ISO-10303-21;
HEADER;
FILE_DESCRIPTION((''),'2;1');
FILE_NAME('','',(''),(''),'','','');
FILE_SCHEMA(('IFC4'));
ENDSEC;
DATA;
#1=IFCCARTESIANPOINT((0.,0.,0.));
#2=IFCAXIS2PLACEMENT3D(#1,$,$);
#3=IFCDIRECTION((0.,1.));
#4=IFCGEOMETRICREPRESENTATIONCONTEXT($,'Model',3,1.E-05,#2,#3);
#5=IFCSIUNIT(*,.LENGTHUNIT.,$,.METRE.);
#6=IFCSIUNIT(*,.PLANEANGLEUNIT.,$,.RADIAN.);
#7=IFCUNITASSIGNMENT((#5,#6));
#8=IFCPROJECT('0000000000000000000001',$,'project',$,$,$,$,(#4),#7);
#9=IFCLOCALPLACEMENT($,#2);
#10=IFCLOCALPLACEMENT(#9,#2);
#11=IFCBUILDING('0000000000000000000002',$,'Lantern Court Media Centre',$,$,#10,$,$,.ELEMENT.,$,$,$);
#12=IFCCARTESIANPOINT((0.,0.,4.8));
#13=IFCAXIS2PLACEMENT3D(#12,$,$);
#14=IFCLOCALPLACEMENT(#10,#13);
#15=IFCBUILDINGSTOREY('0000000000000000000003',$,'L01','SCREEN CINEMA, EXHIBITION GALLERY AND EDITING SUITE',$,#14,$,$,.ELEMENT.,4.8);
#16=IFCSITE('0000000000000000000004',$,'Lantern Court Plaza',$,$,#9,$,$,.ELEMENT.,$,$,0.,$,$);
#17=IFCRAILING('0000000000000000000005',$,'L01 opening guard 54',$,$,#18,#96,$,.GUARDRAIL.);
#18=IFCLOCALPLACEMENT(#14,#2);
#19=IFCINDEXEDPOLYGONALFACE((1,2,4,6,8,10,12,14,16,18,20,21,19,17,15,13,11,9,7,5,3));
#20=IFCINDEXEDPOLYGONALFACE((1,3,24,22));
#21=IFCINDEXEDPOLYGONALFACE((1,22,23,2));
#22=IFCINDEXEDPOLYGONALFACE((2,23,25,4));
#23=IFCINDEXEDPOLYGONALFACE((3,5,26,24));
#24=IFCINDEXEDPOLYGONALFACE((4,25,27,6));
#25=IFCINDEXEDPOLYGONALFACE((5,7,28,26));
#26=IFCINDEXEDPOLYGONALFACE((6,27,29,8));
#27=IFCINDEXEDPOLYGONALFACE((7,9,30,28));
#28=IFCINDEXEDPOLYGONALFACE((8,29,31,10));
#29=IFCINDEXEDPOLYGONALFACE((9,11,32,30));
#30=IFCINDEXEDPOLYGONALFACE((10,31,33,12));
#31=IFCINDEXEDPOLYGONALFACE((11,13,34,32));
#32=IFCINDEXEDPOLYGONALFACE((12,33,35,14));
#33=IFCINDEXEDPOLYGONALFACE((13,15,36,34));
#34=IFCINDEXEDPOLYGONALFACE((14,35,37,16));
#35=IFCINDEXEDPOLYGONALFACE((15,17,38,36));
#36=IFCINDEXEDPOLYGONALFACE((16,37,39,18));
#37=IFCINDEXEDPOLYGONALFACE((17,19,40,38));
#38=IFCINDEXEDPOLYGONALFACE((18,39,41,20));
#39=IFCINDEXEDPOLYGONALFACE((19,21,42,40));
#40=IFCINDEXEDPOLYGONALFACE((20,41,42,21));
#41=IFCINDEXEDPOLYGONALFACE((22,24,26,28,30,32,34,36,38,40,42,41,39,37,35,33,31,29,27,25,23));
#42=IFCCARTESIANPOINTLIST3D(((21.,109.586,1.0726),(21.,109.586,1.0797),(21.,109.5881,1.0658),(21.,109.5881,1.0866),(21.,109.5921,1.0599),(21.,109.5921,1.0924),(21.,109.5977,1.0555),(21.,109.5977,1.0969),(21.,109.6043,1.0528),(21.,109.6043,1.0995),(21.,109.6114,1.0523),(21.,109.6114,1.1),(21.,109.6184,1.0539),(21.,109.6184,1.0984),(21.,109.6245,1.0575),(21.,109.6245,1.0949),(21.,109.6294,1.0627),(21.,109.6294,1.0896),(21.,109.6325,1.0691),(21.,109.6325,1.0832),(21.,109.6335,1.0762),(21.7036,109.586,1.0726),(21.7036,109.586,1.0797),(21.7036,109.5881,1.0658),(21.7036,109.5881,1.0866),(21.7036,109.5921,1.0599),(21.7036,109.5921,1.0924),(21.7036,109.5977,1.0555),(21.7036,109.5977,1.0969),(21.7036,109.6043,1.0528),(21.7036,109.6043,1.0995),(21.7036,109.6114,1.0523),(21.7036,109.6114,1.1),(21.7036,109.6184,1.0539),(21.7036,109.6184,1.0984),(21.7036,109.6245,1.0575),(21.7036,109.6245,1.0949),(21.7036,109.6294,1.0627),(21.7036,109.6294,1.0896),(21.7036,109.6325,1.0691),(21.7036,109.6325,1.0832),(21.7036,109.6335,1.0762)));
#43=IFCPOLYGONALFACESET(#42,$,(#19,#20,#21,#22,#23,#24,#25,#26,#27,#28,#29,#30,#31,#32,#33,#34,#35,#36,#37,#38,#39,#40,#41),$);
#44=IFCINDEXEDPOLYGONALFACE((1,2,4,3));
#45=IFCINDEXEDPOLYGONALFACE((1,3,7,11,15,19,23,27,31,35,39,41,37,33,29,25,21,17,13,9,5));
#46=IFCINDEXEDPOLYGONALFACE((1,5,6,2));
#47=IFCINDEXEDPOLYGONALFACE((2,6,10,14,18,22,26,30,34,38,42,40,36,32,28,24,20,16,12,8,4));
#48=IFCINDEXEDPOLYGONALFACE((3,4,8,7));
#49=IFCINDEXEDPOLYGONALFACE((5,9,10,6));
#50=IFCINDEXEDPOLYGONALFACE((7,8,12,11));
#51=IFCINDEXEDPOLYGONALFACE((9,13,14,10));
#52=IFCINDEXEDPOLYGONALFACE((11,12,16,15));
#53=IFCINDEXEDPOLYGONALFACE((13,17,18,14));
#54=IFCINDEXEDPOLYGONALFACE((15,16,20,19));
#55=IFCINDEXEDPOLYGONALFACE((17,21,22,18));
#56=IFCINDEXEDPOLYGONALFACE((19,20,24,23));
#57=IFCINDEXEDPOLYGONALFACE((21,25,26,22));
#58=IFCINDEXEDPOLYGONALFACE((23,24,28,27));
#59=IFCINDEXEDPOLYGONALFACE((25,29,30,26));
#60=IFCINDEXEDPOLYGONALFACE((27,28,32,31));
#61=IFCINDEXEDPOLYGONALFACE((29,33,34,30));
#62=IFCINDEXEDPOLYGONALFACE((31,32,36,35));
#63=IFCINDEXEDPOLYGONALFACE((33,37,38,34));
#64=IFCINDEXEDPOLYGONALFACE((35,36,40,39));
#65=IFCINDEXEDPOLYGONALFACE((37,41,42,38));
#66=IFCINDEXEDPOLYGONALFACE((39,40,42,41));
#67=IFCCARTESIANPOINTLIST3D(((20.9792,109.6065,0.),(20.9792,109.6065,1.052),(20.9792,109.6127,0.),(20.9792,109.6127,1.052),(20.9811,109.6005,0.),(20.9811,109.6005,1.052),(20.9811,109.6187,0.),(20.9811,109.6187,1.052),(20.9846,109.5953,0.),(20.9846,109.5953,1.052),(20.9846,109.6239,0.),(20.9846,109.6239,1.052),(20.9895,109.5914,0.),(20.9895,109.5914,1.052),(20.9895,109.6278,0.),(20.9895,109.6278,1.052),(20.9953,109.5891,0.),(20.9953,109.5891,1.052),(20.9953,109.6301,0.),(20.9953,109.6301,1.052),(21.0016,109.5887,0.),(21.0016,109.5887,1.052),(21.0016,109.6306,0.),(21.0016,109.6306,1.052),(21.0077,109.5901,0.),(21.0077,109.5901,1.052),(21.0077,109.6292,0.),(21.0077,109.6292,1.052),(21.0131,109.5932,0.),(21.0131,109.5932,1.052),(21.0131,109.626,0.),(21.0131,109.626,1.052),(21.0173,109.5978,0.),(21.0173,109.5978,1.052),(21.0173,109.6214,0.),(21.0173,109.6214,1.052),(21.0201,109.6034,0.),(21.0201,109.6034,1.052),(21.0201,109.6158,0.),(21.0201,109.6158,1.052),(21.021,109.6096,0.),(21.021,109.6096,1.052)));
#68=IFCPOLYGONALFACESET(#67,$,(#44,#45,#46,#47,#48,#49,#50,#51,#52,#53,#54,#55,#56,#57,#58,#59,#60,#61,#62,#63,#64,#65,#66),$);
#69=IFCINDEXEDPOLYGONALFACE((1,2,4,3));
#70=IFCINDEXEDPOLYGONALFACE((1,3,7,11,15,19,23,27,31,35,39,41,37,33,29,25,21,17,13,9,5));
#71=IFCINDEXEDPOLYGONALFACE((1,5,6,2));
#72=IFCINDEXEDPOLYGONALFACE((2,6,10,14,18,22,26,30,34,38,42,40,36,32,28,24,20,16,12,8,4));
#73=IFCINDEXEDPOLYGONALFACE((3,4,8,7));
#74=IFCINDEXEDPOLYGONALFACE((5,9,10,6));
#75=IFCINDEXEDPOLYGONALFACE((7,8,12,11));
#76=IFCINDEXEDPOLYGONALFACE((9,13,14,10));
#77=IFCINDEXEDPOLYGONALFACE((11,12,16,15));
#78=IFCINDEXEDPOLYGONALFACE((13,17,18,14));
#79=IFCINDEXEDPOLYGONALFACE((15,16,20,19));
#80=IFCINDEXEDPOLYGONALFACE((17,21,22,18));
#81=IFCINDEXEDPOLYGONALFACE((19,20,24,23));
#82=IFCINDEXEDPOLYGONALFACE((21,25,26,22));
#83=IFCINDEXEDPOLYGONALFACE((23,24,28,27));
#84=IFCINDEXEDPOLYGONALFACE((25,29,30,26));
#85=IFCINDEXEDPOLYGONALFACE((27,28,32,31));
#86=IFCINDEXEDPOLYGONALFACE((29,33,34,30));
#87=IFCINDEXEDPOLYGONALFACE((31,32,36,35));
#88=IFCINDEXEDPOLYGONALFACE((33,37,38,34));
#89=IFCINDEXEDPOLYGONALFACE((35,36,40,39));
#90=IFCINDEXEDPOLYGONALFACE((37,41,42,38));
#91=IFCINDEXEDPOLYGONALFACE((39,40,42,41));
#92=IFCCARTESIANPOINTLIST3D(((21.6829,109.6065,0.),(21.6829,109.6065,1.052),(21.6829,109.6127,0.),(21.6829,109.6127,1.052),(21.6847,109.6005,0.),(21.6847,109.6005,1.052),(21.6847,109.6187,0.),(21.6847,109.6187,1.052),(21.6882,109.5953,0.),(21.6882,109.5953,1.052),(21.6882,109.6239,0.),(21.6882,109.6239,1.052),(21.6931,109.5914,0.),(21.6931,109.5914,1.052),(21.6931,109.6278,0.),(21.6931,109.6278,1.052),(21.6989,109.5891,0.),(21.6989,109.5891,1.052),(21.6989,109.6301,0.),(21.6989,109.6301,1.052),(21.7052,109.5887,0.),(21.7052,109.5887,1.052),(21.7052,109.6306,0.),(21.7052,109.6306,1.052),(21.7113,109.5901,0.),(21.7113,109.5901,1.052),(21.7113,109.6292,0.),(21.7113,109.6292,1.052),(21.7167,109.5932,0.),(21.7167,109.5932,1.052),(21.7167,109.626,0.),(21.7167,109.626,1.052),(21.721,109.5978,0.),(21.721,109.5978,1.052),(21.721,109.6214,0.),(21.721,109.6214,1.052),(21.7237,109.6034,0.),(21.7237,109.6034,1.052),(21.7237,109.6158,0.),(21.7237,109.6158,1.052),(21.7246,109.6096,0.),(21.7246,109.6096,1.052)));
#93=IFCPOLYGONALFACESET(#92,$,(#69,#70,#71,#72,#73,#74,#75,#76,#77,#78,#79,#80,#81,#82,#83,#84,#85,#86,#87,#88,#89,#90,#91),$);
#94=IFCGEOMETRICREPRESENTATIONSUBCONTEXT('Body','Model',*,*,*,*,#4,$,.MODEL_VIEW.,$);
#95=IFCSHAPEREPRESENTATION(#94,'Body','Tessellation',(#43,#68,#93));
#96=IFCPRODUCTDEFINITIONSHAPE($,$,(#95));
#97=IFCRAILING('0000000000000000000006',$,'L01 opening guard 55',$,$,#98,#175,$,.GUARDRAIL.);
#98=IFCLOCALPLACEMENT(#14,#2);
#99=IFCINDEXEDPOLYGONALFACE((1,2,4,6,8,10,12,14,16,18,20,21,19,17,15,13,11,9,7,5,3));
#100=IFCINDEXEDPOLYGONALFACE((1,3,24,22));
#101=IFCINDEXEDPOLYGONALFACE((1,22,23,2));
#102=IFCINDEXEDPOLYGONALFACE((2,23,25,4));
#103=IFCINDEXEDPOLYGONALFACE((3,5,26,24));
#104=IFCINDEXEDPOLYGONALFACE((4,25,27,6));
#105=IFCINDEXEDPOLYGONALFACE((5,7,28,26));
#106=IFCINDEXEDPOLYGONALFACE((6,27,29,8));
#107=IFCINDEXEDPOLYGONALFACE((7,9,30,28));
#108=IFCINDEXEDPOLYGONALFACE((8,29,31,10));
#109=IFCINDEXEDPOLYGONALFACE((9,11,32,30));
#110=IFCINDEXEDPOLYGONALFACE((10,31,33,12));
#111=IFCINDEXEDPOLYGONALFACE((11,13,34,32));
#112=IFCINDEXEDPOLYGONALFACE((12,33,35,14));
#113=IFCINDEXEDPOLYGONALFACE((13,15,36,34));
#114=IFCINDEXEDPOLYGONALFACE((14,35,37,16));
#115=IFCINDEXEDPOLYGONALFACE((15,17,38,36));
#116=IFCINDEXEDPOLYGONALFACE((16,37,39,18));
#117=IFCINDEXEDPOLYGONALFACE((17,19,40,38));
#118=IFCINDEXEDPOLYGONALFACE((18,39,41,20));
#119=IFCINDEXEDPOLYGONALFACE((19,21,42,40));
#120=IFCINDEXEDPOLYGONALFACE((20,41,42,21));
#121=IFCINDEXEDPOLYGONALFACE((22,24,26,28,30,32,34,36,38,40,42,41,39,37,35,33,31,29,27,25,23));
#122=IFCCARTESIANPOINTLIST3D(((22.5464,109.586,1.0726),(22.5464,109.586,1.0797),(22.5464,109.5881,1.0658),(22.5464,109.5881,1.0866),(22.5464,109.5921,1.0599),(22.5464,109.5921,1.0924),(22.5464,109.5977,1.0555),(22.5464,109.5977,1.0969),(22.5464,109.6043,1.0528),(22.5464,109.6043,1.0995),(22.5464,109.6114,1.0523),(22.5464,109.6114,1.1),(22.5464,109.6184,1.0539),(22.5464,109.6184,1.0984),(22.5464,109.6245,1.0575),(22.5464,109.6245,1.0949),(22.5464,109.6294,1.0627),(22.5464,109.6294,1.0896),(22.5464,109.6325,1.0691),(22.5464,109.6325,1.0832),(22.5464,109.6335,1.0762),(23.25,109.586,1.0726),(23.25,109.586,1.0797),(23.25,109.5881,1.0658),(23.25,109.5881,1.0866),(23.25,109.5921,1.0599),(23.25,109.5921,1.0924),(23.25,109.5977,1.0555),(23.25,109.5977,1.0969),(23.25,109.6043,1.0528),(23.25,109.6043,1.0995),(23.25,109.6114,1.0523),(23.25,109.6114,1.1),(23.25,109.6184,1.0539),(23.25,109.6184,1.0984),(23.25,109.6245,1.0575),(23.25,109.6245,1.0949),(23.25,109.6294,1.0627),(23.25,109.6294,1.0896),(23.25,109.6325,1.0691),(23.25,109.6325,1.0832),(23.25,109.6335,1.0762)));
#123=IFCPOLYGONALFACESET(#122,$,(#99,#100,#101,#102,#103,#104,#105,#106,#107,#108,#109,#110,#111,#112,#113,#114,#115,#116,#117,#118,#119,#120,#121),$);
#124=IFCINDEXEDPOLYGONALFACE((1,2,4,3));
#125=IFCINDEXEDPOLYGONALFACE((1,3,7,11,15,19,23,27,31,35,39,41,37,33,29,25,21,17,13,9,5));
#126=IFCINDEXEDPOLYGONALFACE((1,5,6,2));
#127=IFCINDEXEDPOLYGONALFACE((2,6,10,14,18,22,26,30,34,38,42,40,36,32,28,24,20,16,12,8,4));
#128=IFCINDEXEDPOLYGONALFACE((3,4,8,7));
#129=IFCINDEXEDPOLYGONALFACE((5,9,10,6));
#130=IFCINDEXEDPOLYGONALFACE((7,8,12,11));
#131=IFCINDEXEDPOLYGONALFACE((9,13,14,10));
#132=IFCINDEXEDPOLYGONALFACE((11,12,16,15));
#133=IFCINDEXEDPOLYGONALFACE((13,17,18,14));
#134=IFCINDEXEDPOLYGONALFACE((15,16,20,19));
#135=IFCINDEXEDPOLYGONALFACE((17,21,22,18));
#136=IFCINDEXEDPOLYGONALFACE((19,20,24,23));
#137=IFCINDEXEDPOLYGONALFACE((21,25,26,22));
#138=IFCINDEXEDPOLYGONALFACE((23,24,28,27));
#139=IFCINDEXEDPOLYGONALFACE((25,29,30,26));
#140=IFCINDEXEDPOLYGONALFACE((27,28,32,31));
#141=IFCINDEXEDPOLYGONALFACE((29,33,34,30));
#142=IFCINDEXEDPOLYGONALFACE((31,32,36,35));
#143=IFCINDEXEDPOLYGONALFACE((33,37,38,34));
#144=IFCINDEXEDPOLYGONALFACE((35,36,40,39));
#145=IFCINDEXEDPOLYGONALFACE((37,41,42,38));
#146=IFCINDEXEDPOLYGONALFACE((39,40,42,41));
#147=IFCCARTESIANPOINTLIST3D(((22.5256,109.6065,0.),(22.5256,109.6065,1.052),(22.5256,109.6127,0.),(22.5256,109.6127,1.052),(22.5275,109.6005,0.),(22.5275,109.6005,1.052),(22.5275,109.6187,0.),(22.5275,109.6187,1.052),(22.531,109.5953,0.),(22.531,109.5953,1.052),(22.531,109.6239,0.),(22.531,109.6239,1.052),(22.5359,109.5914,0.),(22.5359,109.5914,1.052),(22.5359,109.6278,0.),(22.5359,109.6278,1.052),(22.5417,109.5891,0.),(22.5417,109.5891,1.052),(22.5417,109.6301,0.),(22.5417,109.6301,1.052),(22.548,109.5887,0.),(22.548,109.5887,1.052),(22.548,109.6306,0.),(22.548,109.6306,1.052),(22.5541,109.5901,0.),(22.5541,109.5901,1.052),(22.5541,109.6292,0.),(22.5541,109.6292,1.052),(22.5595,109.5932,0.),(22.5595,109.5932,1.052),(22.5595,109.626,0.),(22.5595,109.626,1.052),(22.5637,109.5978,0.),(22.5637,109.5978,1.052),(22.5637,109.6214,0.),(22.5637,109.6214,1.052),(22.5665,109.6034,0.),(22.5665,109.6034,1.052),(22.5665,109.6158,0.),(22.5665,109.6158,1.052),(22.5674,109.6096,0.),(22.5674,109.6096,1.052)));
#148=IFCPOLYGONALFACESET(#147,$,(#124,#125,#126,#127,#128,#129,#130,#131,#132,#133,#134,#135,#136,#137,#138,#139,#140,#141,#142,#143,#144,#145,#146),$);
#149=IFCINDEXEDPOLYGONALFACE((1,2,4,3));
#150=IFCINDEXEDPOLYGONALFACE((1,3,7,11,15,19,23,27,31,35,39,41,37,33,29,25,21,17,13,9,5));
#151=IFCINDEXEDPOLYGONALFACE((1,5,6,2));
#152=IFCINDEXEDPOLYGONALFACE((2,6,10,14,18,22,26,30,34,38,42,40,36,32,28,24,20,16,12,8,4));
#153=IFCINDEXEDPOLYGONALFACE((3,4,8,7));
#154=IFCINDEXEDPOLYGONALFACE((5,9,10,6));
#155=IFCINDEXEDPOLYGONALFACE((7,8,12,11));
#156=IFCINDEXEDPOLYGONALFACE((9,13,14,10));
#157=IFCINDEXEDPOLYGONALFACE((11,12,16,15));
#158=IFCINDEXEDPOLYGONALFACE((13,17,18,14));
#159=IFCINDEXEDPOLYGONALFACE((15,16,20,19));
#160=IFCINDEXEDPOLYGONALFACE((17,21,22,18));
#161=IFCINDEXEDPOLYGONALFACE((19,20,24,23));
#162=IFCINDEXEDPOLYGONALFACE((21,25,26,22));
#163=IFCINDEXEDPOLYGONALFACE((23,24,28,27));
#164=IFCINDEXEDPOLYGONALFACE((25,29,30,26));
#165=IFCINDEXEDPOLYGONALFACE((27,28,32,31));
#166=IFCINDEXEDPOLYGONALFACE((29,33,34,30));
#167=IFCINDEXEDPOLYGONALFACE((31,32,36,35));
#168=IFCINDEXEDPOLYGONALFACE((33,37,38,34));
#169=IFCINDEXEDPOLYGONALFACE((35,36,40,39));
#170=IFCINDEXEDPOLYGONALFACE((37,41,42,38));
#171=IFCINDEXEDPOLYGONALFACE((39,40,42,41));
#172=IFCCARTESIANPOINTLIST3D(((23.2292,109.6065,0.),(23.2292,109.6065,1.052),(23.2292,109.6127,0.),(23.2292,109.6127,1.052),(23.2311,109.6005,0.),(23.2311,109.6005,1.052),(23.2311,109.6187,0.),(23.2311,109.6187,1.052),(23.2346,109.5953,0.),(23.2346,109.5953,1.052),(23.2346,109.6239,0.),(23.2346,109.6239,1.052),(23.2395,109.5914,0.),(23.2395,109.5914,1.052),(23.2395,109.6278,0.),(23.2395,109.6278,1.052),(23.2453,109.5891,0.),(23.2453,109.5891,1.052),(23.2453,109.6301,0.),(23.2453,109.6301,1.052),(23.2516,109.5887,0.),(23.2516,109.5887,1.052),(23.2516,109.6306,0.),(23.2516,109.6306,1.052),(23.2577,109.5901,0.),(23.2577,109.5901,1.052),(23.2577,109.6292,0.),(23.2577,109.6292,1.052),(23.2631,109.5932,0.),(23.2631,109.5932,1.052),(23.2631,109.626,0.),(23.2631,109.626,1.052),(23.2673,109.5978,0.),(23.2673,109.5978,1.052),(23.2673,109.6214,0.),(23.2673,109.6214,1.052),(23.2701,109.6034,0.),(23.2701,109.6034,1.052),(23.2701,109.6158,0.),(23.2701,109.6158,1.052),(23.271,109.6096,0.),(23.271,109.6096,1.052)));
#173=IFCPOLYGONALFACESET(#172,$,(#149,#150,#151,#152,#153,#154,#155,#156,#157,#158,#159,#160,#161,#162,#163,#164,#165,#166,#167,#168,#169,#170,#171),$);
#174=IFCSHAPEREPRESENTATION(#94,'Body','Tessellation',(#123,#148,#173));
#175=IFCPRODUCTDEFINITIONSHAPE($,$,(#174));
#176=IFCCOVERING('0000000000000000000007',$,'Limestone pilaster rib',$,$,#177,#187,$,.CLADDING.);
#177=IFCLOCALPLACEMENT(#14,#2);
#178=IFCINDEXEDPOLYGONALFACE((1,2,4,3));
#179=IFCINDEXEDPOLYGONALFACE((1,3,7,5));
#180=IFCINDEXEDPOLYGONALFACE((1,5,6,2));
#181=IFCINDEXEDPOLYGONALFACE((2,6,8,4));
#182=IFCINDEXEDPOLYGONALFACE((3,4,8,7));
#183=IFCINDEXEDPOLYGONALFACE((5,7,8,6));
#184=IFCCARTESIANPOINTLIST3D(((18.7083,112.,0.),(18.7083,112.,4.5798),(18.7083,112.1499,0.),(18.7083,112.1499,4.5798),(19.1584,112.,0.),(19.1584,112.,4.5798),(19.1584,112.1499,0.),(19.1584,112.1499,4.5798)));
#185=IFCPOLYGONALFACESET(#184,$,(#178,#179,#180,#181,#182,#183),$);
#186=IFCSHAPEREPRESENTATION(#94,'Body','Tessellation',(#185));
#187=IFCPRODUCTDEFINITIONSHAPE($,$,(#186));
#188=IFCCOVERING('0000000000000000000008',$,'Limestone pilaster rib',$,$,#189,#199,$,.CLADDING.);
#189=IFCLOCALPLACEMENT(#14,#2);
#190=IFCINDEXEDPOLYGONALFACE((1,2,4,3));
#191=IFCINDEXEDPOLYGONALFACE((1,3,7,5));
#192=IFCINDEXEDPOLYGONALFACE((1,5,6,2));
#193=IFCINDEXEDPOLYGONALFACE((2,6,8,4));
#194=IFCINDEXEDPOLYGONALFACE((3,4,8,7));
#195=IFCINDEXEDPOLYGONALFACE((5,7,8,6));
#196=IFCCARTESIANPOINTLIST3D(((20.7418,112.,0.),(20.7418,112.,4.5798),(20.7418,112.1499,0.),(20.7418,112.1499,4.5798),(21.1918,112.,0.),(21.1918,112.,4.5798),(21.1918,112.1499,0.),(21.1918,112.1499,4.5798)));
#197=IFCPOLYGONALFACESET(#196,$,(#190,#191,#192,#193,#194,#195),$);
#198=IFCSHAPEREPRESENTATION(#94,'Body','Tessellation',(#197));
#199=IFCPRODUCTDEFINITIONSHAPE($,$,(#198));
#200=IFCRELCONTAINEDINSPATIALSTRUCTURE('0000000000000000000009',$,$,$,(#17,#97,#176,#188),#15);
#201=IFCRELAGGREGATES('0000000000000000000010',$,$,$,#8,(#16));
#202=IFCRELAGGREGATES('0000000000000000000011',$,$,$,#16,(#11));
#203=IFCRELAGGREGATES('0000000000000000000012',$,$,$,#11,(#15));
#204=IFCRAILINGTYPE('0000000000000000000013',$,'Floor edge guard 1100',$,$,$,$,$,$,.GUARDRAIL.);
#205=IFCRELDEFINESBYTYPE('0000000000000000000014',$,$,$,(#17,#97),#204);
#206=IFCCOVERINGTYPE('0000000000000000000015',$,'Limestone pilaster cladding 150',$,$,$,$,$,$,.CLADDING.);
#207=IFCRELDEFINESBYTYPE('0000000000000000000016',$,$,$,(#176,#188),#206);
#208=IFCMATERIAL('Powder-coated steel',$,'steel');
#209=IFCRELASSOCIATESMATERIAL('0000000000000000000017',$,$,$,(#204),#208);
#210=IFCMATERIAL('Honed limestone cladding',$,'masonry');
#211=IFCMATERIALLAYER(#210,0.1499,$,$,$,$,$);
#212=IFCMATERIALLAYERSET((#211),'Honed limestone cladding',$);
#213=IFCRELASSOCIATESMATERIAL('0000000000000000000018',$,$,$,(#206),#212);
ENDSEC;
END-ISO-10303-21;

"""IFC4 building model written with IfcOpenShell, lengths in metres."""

from ifc_helpers import new_model, si_unit, direction, frame, frame_2d, origin, origin_2d, place, context, subcontext, project, spatial, rectangle, circle, extrude, material, layer, layer_set, type_object, element, save


model = new_model("IFC4")

# Units and contexts
model_context = context("Model", 3, precision=1e-05, world=origin(), true_north=direction((0.0, 1.0)))
body_context = subcontext(model_context, "Body", "Model", "MODEL_VIEW")
ifc_project = project(units=[si_unit("LENGTHUNIT", "METRE"), si_unit("PLANEANGLEUNIT", "RADIAN")], contexts=[model_context])

# Site, building, storey
site_placement = place(None, origin())
site = spatial("IfcSite", under=ifc_project, at=site_placement, Name="Lantern Court Plaza", CompositionType="ELEMENT", RefElevation=0.0)
building_placement = place(site_placement, origin())
building = spatial("IfcBuilding", under=site, at=building_placement, Name="Lantern Court Media Centre", CompositionType="ELEMENT")
storey_placement = place(building_placement, frame((0.0, 0.0, 4.8)))
storey = spatial("IfcBuildingStorey", under=building, at=storey_placement, Name="L01", Description="SCREEN CINEMA, EXHIBITION GALLERY AND EDITING SUITE", CompositionType="ELEMENT", Elevation=4.8)

# Railings
ifc_material_1 = material(Name="Powder-coated steel", Category="steel")
railing_type_1 = type_object("IfcRailingType", Name="Floor edge guard 1100", PredefinedType="GUARDRAIL", material=ifc_material_1)
for number, where, name in (
    (1, (21.0, 109.6096, 0.0), "L01 opening guard 54"),
    (2, (22.5464, 109.6096, 0.0), "L01 opening guard 55"),
):
    element("IfcRailing", number, at=place(storey_placement, frame(where)), inside=storey, type_object=railing_type_1, Name=name, PredefinedType="GUARDRAIL", context=body_context, shape_type="SweptSolid", body=[
        extrude(circle(Radius=0.0239, at=origin_2d()), frame((0.0, 0.0, 1.0762), z_axis=(1.0, 0.0, 0.0), x_axis=(0.0, 1.0, 0.0)), (0.0, 0.0, 1.0), 0.7036),
        extrude(circle(Radius=0.021, at=origin_2d()), origin(), (0.0, 0.0, 1.0), 1.052),
        extrude(circle(Radius=0.021, at=origin_2d()), frame((0.7036, 0.0, 0.0)), (0.0, 0.0, 1.0), 1.052),
    ])

# Coverings
ifc_material_2 = material(Name="Honed limestone cladding", Category="masonry")
ifc_layer_1 = layer(ifc_material_2, 0.1499)
ifc_layer_set_1 = layer_set([ifc_layer_1], Name="Honed limestone cladding")
covering_type = type_object("IfcCoveringType", Name="Limestone pilaster cladding 150", PredefinedType="CLADDING", material=ifc_layer_set_1)
covering_1_placement = place(storey_placement, frame((18.7083, 112.075, 0.0), z_axis=(0.0, 0.0, 1.0), x_axis=(1.0, 0.0, 0.0)))
element("IfcCovering", 3, at=covering_1_placement, inside=storey, type_object=covering_type, Name="Limestone pilaster rib", PredefinedType="CLADDING", context=body_context, shape_type="SweptSolid", body=[
    extrude(rectangle(XDim=0.4502, YDim=0.1499, at=frame_2d((0.2251, 0.0))), origin(), (0.0, 0.0, 1.0), 4.5798),
])
covering_2_placement = place(storey_placement, frame((20.7417, 112.075, 0.0), z_axis=(0.0, 0.0, 1.0), x_axis=(1.0, 0.0, 0.0)))
element("IfcCovering", 4, at=covering_2_placement, inside=storey, type_object=covering_type, Name="Limestone pilaster rib", PredefinedType="CLADDING", context=body_context, shape_type="SweptSolid", body=[
    extrude(rectangle(XDim=0.45, YDim=0.1499, at=frame_2d((0.2251, 0.0))), origin(), (0.0, 0.0, 1.0), 4.5798),
])

save(model, "model.ifc")
